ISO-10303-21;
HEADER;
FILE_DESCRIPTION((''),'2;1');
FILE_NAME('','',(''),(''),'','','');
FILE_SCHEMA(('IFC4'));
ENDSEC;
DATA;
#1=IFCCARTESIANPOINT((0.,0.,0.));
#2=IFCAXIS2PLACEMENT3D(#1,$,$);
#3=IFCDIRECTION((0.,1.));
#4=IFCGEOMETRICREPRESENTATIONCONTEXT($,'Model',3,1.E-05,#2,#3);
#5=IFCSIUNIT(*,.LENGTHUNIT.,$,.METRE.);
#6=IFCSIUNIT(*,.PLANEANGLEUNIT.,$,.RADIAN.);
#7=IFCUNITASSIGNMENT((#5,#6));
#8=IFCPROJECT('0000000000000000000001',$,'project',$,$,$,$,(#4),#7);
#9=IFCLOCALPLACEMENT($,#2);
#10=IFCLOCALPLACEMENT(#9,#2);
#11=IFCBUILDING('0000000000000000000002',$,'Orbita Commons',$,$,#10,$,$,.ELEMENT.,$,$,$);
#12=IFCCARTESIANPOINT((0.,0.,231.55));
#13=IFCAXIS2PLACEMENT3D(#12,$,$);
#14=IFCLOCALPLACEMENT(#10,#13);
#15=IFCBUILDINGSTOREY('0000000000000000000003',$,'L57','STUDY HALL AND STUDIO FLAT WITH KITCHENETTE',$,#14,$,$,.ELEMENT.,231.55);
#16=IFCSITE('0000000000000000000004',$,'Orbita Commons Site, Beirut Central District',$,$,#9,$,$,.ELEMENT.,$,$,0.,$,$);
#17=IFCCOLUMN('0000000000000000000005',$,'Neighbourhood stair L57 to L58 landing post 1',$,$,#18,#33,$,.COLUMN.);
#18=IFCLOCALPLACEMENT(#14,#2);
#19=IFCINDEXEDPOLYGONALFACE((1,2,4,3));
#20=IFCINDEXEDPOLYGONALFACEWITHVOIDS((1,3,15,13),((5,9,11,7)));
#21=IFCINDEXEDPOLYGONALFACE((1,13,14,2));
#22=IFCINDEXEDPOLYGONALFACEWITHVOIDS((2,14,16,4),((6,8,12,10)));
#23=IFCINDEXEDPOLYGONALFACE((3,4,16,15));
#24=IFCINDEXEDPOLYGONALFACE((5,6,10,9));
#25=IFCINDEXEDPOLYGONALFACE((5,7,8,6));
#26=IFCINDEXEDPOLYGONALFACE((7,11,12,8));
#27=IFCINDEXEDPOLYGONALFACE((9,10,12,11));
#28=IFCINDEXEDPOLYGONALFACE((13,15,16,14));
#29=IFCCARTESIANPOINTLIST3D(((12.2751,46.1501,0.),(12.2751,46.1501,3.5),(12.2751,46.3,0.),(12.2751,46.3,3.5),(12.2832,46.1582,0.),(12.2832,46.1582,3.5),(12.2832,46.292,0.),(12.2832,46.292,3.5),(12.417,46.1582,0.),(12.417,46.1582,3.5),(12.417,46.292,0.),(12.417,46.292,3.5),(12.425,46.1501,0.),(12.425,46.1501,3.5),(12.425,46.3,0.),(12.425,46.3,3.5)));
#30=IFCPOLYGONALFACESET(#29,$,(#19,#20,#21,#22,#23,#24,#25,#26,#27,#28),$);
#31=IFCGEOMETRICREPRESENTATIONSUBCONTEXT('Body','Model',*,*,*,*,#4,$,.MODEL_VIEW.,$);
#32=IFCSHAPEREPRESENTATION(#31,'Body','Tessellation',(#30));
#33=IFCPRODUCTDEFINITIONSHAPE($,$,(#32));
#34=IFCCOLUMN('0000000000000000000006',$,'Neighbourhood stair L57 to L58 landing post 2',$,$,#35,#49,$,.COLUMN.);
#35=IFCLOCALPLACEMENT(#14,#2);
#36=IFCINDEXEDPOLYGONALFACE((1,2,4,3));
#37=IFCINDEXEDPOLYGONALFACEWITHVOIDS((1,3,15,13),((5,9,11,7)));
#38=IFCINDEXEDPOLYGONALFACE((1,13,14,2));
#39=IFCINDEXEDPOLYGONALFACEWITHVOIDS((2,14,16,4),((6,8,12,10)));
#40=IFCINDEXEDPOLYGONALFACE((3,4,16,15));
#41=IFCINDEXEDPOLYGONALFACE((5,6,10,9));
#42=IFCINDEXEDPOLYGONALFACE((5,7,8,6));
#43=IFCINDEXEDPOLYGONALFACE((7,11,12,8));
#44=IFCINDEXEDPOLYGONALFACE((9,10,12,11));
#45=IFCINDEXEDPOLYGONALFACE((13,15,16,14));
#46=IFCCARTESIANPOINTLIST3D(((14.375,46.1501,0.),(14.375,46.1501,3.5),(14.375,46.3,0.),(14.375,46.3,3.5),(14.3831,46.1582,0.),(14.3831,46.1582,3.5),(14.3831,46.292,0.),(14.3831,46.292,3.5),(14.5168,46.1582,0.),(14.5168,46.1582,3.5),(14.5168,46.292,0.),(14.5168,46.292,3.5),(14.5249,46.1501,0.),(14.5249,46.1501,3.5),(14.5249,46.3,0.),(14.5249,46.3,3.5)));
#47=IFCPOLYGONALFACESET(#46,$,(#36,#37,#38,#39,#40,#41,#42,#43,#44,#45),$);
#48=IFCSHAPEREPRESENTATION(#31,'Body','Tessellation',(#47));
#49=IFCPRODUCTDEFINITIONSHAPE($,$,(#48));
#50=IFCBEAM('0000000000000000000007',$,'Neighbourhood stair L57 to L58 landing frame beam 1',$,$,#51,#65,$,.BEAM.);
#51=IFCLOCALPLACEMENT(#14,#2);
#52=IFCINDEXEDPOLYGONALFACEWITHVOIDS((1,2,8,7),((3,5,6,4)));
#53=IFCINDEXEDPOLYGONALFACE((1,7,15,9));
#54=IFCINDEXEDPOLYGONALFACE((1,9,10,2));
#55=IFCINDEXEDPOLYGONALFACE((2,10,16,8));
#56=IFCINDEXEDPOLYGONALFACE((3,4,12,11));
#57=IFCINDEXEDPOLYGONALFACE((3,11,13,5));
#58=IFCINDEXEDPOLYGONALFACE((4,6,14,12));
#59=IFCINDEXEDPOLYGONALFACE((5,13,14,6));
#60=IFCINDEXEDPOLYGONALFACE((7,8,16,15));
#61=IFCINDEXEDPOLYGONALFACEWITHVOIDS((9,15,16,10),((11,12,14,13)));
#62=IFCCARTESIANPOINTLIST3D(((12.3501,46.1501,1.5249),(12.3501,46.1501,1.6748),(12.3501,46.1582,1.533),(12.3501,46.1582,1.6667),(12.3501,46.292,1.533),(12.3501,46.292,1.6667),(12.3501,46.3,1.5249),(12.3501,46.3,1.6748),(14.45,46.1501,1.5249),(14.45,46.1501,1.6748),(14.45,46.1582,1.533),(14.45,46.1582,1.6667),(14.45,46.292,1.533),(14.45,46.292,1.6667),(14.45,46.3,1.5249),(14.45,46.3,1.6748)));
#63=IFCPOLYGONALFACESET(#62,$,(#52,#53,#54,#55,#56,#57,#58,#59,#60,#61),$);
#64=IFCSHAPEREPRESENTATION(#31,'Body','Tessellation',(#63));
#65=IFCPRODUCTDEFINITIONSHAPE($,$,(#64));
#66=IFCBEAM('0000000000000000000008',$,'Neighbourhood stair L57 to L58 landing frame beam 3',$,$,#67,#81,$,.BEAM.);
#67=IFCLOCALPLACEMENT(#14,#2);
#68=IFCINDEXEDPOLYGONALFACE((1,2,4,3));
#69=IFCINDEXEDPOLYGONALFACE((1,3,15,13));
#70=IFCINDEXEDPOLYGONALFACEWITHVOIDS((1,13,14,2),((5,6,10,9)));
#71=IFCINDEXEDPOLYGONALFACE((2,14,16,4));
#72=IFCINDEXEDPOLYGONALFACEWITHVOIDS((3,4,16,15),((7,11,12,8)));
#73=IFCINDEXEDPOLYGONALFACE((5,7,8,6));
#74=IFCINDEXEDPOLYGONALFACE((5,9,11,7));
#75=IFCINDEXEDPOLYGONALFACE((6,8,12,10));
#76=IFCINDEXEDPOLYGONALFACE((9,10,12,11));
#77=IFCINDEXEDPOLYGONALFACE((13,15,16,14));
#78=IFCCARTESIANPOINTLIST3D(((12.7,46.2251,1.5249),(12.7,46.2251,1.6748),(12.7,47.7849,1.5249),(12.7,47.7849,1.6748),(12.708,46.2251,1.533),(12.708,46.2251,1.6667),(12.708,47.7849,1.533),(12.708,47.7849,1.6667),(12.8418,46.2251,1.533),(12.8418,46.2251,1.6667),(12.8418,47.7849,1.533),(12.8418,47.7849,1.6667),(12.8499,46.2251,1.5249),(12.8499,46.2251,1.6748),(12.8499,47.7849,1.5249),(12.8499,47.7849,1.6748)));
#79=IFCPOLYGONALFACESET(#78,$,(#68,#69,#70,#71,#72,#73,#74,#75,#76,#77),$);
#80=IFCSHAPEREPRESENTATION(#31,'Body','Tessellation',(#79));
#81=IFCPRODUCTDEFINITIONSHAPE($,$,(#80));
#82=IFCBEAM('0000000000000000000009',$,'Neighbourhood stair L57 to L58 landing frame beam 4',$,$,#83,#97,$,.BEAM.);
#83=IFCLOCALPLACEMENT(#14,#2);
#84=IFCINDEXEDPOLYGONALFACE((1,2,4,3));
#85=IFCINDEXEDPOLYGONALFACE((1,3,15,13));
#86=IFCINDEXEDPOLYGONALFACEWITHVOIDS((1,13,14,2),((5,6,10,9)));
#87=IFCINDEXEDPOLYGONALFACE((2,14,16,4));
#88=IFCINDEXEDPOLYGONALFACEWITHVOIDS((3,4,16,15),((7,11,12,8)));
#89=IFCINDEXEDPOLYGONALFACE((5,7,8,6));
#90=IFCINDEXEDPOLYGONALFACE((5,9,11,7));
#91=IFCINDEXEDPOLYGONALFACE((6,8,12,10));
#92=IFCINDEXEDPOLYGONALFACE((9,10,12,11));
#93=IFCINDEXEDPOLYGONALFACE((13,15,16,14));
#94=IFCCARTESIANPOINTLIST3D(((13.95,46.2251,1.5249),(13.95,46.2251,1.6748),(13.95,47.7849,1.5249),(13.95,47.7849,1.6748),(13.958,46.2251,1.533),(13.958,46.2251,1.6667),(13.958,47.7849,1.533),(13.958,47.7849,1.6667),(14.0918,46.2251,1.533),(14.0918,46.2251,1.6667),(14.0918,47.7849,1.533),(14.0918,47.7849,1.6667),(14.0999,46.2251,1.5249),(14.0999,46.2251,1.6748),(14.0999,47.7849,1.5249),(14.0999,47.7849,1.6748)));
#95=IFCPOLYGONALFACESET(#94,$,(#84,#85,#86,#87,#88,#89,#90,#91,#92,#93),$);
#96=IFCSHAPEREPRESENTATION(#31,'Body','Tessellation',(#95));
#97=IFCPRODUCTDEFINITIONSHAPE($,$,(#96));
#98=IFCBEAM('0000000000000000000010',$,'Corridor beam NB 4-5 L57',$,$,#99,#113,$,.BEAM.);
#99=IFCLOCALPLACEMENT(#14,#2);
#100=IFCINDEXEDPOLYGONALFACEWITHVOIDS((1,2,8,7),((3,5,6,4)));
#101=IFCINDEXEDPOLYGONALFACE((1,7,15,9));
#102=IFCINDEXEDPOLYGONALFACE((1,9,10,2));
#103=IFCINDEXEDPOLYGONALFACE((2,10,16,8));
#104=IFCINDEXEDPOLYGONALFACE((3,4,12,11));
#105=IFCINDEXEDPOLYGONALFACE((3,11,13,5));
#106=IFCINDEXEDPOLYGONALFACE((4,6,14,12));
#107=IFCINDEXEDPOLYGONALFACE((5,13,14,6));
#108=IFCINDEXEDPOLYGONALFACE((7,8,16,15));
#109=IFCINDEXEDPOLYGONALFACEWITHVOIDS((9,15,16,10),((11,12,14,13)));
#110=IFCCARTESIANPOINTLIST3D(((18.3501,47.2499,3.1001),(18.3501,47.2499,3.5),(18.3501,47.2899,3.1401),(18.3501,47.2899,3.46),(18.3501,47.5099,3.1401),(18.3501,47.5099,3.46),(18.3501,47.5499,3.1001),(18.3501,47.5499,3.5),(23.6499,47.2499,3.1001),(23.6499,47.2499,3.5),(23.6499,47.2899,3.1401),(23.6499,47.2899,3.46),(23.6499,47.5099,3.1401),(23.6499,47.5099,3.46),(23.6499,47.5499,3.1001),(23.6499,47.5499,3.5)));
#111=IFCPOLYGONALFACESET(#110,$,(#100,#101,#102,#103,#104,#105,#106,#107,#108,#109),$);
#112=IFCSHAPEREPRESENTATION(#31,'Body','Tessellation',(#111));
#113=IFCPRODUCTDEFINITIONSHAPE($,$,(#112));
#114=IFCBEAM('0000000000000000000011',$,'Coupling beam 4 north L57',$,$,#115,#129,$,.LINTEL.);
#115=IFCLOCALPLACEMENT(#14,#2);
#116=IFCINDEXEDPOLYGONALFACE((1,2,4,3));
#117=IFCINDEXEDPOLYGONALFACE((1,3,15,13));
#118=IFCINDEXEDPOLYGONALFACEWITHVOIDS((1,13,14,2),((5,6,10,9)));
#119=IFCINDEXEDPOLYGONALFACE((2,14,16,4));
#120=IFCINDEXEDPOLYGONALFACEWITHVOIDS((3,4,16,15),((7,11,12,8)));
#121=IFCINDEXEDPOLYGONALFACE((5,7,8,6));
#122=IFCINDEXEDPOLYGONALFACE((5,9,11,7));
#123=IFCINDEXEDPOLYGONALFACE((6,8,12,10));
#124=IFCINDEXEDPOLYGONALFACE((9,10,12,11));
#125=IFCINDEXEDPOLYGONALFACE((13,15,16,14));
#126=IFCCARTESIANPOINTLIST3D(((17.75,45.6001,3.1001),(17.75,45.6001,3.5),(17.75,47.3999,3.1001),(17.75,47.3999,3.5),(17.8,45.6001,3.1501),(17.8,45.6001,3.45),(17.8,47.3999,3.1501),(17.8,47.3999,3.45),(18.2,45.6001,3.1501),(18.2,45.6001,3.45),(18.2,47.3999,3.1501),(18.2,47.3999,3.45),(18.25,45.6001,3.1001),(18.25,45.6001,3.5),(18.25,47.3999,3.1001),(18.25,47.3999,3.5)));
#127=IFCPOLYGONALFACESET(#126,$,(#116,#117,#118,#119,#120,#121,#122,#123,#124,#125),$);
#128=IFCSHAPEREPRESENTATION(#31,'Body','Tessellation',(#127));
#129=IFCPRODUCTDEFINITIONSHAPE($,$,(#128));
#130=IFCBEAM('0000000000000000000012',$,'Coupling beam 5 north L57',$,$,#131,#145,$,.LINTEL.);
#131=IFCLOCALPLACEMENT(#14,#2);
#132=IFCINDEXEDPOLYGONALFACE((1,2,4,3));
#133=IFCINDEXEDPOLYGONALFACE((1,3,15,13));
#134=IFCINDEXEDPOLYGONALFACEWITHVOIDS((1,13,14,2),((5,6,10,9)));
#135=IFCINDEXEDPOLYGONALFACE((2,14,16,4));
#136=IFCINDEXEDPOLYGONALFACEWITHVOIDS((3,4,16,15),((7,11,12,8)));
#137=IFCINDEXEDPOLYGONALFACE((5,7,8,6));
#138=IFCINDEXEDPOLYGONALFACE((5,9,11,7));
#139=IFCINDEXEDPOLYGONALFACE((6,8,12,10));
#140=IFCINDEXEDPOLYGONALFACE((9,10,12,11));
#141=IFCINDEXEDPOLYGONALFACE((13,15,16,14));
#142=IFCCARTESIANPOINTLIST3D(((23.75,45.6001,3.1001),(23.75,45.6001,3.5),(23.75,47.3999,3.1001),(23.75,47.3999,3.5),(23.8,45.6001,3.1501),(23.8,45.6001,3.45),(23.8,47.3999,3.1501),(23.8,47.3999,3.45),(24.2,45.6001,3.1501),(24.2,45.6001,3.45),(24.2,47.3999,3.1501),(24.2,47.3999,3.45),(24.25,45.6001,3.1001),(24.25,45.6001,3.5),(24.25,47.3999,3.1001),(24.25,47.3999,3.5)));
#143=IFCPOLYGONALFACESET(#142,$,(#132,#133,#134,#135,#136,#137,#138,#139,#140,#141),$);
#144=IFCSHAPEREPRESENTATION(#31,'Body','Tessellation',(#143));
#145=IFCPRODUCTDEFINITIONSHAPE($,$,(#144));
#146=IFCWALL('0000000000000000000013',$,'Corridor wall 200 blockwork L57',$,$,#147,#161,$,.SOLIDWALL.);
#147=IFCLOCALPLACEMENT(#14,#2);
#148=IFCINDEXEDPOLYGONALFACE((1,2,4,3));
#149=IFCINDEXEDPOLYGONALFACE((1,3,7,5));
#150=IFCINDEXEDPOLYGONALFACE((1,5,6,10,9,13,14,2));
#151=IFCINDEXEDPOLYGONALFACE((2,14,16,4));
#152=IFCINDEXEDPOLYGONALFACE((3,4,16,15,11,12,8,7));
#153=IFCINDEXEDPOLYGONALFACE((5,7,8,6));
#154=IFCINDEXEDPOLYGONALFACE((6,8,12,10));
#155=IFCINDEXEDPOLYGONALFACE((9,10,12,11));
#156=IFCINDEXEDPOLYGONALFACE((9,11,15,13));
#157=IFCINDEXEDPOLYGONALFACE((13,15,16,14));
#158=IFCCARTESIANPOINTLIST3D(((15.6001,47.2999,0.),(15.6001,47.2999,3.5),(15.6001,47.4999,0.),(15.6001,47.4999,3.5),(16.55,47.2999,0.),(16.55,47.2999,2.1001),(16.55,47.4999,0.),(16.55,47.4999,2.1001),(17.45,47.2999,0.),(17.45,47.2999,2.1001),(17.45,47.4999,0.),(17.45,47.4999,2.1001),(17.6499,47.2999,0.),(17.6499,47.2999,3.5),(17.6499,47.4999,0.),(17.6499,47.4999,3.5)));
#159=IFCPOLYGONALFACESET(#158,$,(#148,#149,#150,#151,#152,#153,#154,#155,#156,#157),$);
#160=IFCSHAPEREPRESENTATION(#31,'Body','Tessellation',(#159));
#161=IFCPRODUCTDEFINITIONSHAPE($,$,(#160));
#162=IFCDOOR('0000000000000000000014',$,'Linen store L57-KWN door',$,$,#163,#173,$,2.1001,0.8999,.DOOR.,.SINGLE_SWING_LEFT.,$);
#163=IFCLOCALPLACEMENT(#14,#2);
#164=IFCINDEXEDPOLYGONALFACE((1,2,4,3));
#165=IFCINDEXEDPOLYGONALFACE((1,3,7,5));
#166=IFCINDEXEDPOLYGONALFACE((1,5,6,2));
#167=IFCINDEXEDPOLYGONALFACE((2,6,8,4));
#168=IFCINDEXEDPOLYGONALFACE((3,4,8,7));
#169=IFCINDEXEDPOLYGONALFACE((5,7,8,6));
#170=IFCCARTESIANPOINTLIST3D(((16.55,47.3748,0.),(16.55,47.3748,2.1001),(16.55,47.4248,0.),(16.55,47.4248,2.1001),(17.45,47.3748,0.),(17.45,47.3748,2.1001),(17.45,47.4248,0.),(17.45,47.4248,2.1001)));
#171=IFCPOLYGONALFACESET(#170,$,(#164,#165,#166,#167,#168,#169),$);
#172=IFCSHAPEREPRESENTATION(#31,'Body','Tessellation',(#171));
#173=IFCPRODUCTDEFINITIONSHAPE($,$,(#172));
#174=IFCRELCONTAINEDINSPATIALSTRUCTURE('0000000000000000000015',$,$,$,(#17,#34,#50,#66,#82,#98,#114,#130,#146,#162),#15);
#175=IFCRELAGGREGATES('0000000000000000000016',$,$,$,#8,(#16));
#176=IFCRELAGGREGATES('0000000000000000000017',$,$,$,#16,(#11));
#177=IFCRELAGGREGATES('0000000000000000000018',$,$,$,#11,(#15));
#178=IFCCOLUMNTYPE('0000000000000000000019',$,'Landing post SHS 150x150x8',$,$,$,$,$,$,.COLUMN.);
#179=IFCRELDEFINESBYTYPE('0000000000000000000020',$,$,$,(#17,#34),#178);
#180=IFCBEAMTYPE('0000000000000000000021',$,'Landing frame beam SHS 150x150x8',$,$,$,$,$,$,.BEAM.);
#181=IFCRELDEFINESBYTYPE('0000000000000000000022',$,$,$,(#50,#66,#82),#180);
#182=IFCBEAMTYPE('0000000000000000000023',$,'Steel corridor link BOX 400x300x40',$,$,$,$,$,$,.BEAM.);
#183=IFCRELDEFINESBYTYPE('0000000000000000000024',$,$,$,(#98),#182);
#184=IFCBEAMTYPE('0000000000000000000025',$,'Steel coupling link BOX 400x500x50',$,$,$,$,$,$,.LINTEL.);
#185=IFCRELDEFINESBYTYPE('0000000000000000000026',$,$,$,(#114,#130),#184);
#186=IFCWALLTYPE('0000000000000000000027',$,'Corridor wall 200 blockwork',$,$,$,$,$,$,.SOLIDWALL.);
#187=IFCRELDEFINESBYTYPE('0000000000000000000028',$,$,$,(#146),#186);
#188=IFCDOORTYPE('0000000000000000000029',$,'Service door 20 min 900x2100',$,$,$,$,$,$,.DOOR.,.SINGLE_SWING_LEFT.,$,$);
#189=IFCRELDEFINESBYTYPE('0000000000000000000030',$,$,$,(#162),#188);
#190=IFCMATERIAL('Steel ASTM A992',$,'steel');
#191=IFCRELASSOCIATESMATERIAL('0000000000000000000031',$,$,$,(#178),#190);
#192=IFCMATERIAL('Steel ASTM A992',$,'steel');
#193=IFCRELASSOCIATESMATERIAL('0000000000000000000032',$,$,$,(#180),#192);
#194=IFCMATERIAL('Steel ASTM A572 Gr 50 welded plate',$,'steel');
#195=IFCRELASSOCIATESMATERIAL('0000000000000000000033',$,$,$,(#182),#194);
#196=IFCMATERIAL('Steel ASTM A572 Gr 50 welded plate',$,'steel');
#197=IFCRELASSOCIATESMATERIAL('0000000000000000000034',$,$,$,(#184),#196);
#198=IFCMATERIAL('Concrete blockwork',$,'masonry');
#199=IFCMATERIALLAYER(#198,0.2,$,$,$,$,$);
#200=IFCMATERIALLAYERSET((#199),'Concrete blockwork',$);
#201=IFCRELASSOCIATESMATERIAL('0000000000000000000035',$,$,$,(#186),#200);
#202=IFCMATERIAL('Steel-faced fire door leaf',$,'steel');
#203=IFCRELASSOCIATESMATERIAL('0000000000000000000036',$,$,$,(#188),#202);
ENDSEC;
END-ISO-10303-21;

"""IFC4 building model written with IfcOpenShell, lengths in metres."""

from ifc_helpers import new_model, si_unit, direction, frame, frame_2d, origin, origin_2d, place, context, subcontext, project, spatial, rectangle, hollow_rectangle, extrude, material, layer, layer_set, material_profile, profile_set, type_object, element, fill, save


model = new_model("IFC4")

# Units and contexts
model_context = context("Model", 3, precision=1e-05, world=origin(), true_north=direction((0.0, 1.0)))
body_context = subcontext(model_context, "Body", "Model", "MODEL_VIEW")
ifc_project = project(units=[si_unit("LENGTHUNIT", "METRE"), si_unit("PLANEANGLEUNIT", "RADIAN")], contexts=[model_context])

# Site, building, storey
site_placement = place(None, origin())
site = spatial("IfcSite", under=ifc_project, at=site_placement, Name="Orbita Commons Site, Beirut Central District", CompositionType="ELEMENT", RefElevation=0.0)
building_placement = place(site_placement, origin())
building = spatial("IfcBuilding", under=site, at=building_placement, Name="Orbita Commons", CompositionType="ELEMENT")
storey_placement = place(building_placement, frame((0.0, 0.0, 231.55)))
storey = spatial("IfcBuildingStorey", under=building, at=storey_placement, Name="L57", Description="STUDY HALL AND STUDIO FLAT WITH KITCHENETTE", CompositionType="ELEMENT", Elevation=231.55)

# Columns
ifc_material_1 = material(Name="Steel ASTM A992", Category="steel")
ifc_material_profile_1 = material_profile(ifc_material_1, hollow_rectangle(XDim=0.1499, YDim=0.1499, WallThickness=0.0081, at=origin_2d()), Name="SHS 150x150x8")
ifc_profile_set_1 = profile_set([ifc_material_profile_1], Name="Steel ASTM A992")
column_type = type_object("IfcColumnType", Name="Landing post SHS 150x150x8", PredefinedType="COLUMN", material=ifc_profile_set_1)
for number, where, z_axis, x_axis, name in (
    (1, (12.3501, 46.2251, 0.0), (0.0, 0.0, 1.0), (1.0, 0.0, 0.0), "Neighbourhood stair L57 to L58 landing post 1"),
    (2, (14.45, 46.2251, 0.0), (0.0, 0.0, 1.0), (1.0, 0.0, 0.0), "Neighbourhood stair L57 to L58 landing post 2"),
):
    element("IfcColumn", number, at=place(storey_placement, frame(where, z_axis=z_axis, x_axis=x_axis)), inside=storey, type_object=column_type, Name=name, PredefinedType="COLUMN", context=body_context, shape_type="SweptSolid", body=[
        extrude(hollow_rectangle(XDim=0.1499, YDim=0.1499, WallThickness=0.0081, at=origin_2d()), origin(), (0.0, 0.0, 1.0), 3.5),
    ])

# Beams
ifc_material_2 = material(Name="Steel ASTM A992", Category="steel")
ifc_material_profile_2 = material_profile(ifc_material_2, hollow_rectangle(XDim=0.1499, YDim=0.1499, WallThickness=0.0081, at=origin_2d()), Name="SHS 150x150x8")
ifc_profile_set_2 = profile_set([ifc_material_profile_2], Name="Steel ASTM A992")
beam_type_1 = type_object("IfcBeamType", Name="Landing frame beam SHS 150x150x8", PredefinedType="BEAM", material=ifc_profile_set_2)
beam_1_placement = place(storey_placement, frame((12.3501, 46.2251, 1.5999), z_axis=(1.0, 0.0, 0.0), x_axis=(0.0, 1.0, 0.0)))
element("IfcBeam", 3, at=beam_1_placement, inside=storey, type_object=beam_type_1, Name="Neighbourhood stair L57 to L58 landing frame beam 1", PredefinedType="BEAM", context=body_context, shape_type="SweptSolid", body=[
    extrude(hollow_rectangle(XDim=0.1499, YDim=0.1499, WallThickness=0.0081, at=origin_2d()), origin(), (0.0, 0.0, 1.0), 2.0999),
])
for number, where, z_axis, x_axis, name in (
    (4, (12.7749, 46.2251, 1.5999), (0.0, 1.0, 0.0), (-1.0, 0.0, 0.0), "Neighbourhood stair L57 to L58 landing frame beam 3"),
    (5, (14.0249, 46.2251, 1.5999), (0.0, 1.0, 0.0), (-1.0, 0.0, 0.0), "Neighbourhood stair L57 to L58 landing frame beam 4"),
):
    element("IfcBeam", number, at=place(storey_placement, frame(where, z_axis=z_axis, x_axis=x_axis)), inside=storey, type_object=beam_type_1, Name=name, PredefinedType="BEAM", context=body_context, shape_type="SweptSolid", body=[
        extrude(hollow_rectangle(XDim=0.1499, YDim=0.1499, WallThickness=0.0081, at=origin_2d()), origin(), (0.0, 0.0, 1.0), 1.5598),
    ])
ifc_material_3 = material(Name="Steel ASTM A572 Gr 50 welded plate", Category="steel")
ifc_material_profile_3 = material_profile(ifc_material_3, hollow_rectangle(XDim=0.3, YDim=0.3999, WallThickness=0.04, at=origin_2d()), Name="BOX 400x300x40")
ifc_profile_set_3 = profile_set([ifc_material_profile_3], Name="Steel ASTM A572 Gr 50 welded plate")
beam_type_2 = type_object("IfcBeamType", Name="Steel corridor link BOX 400x300x40", PredefinedType="BEAM", material=ifc_profile_set_3)
beam_2_placement = place(storey_placement, frame((18.3501, 47.3999, 3.3), z_axis=(1.0, 0.0, 0.0), x_axis=(0.0, 1.0, 0.0)))
element("IfcBeam", 6, at=beam_2_placement, inside=storey, type_object=beam_type_2, Name="Corridor beam NB 4-5 L57", PredefinedType="BEAM", context=body_context, shape_type="SweptSolid", body=[
    extrude(hollow_rectangle(XDim=0.3, YDim=0.3999, WallThickness=0.04, at=origin_2d()), origin(), (0.0, 0.0, 1.0), 5.2998),
])
ifc_material_4 = material(Name="Steel ASTM A572 Gr 50 welded plate", Category="steel")
ifc_material_profile_4 = material_profile(ifc_material_4, hollow_rectangle(XDim=0.5, YDim=0.3999, WallThickness=0.05, at=origin_2d()), Name="BOX 400x500x50")
ifc_profile_set_4 = profile_set([ifc_material_profile_4], Name="Steel ASTM A572 Gr 50 welded plate")
beam_type_3 = type_object("IfcBeamType", Name="Steel coupling link BOX 400x500x50", PredefinedType="LINTEL", material=ifc_profile_set_4)
for number, where, z_axis, x_axis, name in (
    (7, (18.0, 45.6001, 3.3), (0.0, 1.0, 0.0), (-1.0, 0.0, 0.0), "Coupling beam 4 north L57"),
    (8, (24.0, 45.6001, 3.3), (0.0, 1.0, 0.0), (-1.0, 0.0, 0.0), "Coupling beam 5 north L57"),
):
    element("IfcBeam", number, at=place(storey_placement, frame(where, z_axis=z_axis, x_axis=x_axis)), inside=storey, type_object=beam_type_3, Name=name, PredefinedType="LINTEL", context=body_context, shape_type="SweptSolid", body=[
        extrude(hollow_rectangle(XDim=0.5, YDim=0.3999, WallThickness=0.05, at=origin_2d()), origin(), (0.0, 0.0, 1.0), 1.7998),
    ])

# Wall, opening, door
ifc_material_5 = material(Name="Concrete blockwork", Category="masonry")
ifc_layer_1 = layer(ifc_material_5, 0.2)
ifc_layer_set_1 = layer_set([ifc_layer_1], Name="Concrete blockwork")
wall_type_1 = type_object("IfcWallType", Name="Corridor wall 200 blockwork", PredefinedType="SOLIDWALL", material=ifc_layer_set_1)
wall_1_placement = place(storey_placement, frame((15.6001, 47.3999, 0.0), z_axis=(0.0, 0.0, 1.0), x_axis=(1.0, 0.0, 0.0)))
wall_1 = element("IfcWall", 9, at=wall_1_placement, inside=storey, type_object=wall_type_1, Name="Corridor wall 200 blockwork L57", PredefinedType="SOLIDWALL", context=body_context, shape_type="SweptSolid", body=[
    extrude(rectangle(XDim=2.0498, YDim=0.2, at=frame_2d((1.0249, 0.0))), origin(), (0.0, 0.0, 1.0), 3.5),
])
opening_1_placement = place(wall_1_placement, frame((0.95, 0.0, 0.0)))
opening_1 = element("IfcOpeningElement", 10, at=opening_1_placement, cuts=wall_1, PredefinedType="OPENING", context=body_context, shape_type="SweptSolid", body=[
    extrude(rectangle(XDim=0.8999, YDim=2.1001, at=frame_2d((0.45, 1.05))), frame((0.0, 0.1099, 0.0), z_axis=(0.0, -1.0, 0.0), x_axis=(1.0, 0.0, 0.0)), (0.0, 0.0, 1.0), 0.22),
])
ifc_material_6 = material(Name="Steel-faced fire door leaf", Category="steel")
door_type_1 = type_object("IfcDoorType", Name="Service door 20 min 900x2100", OperationType="SINGLE_SWING_LEFT", PredefinedType="DOOR", material=ifc_material_6)
door_1_placement = place(opening_1_placement, origin())
door_1 = element("IfcDoor", 11, at=door_1_placement, inside=storey, type_object=door_type_1, Name="Linen store L57-KWN door", OperationType="SINGLE_SWING_LEFT", OverallHeight=2.1001, OverallWidth=0.8999, PredefinedType="DOOR", context=body_context, shape_type="SweptSolid", body=[
    extrude(rectangle(XDim=0.8999, YDim=2.1001, at=frame_2d((0.45, 1.05))), frame((0.0, 0.0249, 0.0), z_axis=(0.0, -1.0, 0.0), x_axis=(1.0, 0.0, 0.0)), (0.0, 0.0, 1.0), 0.05),
])
fill(opening_1, door_1)

save(model, "model.ifc")
